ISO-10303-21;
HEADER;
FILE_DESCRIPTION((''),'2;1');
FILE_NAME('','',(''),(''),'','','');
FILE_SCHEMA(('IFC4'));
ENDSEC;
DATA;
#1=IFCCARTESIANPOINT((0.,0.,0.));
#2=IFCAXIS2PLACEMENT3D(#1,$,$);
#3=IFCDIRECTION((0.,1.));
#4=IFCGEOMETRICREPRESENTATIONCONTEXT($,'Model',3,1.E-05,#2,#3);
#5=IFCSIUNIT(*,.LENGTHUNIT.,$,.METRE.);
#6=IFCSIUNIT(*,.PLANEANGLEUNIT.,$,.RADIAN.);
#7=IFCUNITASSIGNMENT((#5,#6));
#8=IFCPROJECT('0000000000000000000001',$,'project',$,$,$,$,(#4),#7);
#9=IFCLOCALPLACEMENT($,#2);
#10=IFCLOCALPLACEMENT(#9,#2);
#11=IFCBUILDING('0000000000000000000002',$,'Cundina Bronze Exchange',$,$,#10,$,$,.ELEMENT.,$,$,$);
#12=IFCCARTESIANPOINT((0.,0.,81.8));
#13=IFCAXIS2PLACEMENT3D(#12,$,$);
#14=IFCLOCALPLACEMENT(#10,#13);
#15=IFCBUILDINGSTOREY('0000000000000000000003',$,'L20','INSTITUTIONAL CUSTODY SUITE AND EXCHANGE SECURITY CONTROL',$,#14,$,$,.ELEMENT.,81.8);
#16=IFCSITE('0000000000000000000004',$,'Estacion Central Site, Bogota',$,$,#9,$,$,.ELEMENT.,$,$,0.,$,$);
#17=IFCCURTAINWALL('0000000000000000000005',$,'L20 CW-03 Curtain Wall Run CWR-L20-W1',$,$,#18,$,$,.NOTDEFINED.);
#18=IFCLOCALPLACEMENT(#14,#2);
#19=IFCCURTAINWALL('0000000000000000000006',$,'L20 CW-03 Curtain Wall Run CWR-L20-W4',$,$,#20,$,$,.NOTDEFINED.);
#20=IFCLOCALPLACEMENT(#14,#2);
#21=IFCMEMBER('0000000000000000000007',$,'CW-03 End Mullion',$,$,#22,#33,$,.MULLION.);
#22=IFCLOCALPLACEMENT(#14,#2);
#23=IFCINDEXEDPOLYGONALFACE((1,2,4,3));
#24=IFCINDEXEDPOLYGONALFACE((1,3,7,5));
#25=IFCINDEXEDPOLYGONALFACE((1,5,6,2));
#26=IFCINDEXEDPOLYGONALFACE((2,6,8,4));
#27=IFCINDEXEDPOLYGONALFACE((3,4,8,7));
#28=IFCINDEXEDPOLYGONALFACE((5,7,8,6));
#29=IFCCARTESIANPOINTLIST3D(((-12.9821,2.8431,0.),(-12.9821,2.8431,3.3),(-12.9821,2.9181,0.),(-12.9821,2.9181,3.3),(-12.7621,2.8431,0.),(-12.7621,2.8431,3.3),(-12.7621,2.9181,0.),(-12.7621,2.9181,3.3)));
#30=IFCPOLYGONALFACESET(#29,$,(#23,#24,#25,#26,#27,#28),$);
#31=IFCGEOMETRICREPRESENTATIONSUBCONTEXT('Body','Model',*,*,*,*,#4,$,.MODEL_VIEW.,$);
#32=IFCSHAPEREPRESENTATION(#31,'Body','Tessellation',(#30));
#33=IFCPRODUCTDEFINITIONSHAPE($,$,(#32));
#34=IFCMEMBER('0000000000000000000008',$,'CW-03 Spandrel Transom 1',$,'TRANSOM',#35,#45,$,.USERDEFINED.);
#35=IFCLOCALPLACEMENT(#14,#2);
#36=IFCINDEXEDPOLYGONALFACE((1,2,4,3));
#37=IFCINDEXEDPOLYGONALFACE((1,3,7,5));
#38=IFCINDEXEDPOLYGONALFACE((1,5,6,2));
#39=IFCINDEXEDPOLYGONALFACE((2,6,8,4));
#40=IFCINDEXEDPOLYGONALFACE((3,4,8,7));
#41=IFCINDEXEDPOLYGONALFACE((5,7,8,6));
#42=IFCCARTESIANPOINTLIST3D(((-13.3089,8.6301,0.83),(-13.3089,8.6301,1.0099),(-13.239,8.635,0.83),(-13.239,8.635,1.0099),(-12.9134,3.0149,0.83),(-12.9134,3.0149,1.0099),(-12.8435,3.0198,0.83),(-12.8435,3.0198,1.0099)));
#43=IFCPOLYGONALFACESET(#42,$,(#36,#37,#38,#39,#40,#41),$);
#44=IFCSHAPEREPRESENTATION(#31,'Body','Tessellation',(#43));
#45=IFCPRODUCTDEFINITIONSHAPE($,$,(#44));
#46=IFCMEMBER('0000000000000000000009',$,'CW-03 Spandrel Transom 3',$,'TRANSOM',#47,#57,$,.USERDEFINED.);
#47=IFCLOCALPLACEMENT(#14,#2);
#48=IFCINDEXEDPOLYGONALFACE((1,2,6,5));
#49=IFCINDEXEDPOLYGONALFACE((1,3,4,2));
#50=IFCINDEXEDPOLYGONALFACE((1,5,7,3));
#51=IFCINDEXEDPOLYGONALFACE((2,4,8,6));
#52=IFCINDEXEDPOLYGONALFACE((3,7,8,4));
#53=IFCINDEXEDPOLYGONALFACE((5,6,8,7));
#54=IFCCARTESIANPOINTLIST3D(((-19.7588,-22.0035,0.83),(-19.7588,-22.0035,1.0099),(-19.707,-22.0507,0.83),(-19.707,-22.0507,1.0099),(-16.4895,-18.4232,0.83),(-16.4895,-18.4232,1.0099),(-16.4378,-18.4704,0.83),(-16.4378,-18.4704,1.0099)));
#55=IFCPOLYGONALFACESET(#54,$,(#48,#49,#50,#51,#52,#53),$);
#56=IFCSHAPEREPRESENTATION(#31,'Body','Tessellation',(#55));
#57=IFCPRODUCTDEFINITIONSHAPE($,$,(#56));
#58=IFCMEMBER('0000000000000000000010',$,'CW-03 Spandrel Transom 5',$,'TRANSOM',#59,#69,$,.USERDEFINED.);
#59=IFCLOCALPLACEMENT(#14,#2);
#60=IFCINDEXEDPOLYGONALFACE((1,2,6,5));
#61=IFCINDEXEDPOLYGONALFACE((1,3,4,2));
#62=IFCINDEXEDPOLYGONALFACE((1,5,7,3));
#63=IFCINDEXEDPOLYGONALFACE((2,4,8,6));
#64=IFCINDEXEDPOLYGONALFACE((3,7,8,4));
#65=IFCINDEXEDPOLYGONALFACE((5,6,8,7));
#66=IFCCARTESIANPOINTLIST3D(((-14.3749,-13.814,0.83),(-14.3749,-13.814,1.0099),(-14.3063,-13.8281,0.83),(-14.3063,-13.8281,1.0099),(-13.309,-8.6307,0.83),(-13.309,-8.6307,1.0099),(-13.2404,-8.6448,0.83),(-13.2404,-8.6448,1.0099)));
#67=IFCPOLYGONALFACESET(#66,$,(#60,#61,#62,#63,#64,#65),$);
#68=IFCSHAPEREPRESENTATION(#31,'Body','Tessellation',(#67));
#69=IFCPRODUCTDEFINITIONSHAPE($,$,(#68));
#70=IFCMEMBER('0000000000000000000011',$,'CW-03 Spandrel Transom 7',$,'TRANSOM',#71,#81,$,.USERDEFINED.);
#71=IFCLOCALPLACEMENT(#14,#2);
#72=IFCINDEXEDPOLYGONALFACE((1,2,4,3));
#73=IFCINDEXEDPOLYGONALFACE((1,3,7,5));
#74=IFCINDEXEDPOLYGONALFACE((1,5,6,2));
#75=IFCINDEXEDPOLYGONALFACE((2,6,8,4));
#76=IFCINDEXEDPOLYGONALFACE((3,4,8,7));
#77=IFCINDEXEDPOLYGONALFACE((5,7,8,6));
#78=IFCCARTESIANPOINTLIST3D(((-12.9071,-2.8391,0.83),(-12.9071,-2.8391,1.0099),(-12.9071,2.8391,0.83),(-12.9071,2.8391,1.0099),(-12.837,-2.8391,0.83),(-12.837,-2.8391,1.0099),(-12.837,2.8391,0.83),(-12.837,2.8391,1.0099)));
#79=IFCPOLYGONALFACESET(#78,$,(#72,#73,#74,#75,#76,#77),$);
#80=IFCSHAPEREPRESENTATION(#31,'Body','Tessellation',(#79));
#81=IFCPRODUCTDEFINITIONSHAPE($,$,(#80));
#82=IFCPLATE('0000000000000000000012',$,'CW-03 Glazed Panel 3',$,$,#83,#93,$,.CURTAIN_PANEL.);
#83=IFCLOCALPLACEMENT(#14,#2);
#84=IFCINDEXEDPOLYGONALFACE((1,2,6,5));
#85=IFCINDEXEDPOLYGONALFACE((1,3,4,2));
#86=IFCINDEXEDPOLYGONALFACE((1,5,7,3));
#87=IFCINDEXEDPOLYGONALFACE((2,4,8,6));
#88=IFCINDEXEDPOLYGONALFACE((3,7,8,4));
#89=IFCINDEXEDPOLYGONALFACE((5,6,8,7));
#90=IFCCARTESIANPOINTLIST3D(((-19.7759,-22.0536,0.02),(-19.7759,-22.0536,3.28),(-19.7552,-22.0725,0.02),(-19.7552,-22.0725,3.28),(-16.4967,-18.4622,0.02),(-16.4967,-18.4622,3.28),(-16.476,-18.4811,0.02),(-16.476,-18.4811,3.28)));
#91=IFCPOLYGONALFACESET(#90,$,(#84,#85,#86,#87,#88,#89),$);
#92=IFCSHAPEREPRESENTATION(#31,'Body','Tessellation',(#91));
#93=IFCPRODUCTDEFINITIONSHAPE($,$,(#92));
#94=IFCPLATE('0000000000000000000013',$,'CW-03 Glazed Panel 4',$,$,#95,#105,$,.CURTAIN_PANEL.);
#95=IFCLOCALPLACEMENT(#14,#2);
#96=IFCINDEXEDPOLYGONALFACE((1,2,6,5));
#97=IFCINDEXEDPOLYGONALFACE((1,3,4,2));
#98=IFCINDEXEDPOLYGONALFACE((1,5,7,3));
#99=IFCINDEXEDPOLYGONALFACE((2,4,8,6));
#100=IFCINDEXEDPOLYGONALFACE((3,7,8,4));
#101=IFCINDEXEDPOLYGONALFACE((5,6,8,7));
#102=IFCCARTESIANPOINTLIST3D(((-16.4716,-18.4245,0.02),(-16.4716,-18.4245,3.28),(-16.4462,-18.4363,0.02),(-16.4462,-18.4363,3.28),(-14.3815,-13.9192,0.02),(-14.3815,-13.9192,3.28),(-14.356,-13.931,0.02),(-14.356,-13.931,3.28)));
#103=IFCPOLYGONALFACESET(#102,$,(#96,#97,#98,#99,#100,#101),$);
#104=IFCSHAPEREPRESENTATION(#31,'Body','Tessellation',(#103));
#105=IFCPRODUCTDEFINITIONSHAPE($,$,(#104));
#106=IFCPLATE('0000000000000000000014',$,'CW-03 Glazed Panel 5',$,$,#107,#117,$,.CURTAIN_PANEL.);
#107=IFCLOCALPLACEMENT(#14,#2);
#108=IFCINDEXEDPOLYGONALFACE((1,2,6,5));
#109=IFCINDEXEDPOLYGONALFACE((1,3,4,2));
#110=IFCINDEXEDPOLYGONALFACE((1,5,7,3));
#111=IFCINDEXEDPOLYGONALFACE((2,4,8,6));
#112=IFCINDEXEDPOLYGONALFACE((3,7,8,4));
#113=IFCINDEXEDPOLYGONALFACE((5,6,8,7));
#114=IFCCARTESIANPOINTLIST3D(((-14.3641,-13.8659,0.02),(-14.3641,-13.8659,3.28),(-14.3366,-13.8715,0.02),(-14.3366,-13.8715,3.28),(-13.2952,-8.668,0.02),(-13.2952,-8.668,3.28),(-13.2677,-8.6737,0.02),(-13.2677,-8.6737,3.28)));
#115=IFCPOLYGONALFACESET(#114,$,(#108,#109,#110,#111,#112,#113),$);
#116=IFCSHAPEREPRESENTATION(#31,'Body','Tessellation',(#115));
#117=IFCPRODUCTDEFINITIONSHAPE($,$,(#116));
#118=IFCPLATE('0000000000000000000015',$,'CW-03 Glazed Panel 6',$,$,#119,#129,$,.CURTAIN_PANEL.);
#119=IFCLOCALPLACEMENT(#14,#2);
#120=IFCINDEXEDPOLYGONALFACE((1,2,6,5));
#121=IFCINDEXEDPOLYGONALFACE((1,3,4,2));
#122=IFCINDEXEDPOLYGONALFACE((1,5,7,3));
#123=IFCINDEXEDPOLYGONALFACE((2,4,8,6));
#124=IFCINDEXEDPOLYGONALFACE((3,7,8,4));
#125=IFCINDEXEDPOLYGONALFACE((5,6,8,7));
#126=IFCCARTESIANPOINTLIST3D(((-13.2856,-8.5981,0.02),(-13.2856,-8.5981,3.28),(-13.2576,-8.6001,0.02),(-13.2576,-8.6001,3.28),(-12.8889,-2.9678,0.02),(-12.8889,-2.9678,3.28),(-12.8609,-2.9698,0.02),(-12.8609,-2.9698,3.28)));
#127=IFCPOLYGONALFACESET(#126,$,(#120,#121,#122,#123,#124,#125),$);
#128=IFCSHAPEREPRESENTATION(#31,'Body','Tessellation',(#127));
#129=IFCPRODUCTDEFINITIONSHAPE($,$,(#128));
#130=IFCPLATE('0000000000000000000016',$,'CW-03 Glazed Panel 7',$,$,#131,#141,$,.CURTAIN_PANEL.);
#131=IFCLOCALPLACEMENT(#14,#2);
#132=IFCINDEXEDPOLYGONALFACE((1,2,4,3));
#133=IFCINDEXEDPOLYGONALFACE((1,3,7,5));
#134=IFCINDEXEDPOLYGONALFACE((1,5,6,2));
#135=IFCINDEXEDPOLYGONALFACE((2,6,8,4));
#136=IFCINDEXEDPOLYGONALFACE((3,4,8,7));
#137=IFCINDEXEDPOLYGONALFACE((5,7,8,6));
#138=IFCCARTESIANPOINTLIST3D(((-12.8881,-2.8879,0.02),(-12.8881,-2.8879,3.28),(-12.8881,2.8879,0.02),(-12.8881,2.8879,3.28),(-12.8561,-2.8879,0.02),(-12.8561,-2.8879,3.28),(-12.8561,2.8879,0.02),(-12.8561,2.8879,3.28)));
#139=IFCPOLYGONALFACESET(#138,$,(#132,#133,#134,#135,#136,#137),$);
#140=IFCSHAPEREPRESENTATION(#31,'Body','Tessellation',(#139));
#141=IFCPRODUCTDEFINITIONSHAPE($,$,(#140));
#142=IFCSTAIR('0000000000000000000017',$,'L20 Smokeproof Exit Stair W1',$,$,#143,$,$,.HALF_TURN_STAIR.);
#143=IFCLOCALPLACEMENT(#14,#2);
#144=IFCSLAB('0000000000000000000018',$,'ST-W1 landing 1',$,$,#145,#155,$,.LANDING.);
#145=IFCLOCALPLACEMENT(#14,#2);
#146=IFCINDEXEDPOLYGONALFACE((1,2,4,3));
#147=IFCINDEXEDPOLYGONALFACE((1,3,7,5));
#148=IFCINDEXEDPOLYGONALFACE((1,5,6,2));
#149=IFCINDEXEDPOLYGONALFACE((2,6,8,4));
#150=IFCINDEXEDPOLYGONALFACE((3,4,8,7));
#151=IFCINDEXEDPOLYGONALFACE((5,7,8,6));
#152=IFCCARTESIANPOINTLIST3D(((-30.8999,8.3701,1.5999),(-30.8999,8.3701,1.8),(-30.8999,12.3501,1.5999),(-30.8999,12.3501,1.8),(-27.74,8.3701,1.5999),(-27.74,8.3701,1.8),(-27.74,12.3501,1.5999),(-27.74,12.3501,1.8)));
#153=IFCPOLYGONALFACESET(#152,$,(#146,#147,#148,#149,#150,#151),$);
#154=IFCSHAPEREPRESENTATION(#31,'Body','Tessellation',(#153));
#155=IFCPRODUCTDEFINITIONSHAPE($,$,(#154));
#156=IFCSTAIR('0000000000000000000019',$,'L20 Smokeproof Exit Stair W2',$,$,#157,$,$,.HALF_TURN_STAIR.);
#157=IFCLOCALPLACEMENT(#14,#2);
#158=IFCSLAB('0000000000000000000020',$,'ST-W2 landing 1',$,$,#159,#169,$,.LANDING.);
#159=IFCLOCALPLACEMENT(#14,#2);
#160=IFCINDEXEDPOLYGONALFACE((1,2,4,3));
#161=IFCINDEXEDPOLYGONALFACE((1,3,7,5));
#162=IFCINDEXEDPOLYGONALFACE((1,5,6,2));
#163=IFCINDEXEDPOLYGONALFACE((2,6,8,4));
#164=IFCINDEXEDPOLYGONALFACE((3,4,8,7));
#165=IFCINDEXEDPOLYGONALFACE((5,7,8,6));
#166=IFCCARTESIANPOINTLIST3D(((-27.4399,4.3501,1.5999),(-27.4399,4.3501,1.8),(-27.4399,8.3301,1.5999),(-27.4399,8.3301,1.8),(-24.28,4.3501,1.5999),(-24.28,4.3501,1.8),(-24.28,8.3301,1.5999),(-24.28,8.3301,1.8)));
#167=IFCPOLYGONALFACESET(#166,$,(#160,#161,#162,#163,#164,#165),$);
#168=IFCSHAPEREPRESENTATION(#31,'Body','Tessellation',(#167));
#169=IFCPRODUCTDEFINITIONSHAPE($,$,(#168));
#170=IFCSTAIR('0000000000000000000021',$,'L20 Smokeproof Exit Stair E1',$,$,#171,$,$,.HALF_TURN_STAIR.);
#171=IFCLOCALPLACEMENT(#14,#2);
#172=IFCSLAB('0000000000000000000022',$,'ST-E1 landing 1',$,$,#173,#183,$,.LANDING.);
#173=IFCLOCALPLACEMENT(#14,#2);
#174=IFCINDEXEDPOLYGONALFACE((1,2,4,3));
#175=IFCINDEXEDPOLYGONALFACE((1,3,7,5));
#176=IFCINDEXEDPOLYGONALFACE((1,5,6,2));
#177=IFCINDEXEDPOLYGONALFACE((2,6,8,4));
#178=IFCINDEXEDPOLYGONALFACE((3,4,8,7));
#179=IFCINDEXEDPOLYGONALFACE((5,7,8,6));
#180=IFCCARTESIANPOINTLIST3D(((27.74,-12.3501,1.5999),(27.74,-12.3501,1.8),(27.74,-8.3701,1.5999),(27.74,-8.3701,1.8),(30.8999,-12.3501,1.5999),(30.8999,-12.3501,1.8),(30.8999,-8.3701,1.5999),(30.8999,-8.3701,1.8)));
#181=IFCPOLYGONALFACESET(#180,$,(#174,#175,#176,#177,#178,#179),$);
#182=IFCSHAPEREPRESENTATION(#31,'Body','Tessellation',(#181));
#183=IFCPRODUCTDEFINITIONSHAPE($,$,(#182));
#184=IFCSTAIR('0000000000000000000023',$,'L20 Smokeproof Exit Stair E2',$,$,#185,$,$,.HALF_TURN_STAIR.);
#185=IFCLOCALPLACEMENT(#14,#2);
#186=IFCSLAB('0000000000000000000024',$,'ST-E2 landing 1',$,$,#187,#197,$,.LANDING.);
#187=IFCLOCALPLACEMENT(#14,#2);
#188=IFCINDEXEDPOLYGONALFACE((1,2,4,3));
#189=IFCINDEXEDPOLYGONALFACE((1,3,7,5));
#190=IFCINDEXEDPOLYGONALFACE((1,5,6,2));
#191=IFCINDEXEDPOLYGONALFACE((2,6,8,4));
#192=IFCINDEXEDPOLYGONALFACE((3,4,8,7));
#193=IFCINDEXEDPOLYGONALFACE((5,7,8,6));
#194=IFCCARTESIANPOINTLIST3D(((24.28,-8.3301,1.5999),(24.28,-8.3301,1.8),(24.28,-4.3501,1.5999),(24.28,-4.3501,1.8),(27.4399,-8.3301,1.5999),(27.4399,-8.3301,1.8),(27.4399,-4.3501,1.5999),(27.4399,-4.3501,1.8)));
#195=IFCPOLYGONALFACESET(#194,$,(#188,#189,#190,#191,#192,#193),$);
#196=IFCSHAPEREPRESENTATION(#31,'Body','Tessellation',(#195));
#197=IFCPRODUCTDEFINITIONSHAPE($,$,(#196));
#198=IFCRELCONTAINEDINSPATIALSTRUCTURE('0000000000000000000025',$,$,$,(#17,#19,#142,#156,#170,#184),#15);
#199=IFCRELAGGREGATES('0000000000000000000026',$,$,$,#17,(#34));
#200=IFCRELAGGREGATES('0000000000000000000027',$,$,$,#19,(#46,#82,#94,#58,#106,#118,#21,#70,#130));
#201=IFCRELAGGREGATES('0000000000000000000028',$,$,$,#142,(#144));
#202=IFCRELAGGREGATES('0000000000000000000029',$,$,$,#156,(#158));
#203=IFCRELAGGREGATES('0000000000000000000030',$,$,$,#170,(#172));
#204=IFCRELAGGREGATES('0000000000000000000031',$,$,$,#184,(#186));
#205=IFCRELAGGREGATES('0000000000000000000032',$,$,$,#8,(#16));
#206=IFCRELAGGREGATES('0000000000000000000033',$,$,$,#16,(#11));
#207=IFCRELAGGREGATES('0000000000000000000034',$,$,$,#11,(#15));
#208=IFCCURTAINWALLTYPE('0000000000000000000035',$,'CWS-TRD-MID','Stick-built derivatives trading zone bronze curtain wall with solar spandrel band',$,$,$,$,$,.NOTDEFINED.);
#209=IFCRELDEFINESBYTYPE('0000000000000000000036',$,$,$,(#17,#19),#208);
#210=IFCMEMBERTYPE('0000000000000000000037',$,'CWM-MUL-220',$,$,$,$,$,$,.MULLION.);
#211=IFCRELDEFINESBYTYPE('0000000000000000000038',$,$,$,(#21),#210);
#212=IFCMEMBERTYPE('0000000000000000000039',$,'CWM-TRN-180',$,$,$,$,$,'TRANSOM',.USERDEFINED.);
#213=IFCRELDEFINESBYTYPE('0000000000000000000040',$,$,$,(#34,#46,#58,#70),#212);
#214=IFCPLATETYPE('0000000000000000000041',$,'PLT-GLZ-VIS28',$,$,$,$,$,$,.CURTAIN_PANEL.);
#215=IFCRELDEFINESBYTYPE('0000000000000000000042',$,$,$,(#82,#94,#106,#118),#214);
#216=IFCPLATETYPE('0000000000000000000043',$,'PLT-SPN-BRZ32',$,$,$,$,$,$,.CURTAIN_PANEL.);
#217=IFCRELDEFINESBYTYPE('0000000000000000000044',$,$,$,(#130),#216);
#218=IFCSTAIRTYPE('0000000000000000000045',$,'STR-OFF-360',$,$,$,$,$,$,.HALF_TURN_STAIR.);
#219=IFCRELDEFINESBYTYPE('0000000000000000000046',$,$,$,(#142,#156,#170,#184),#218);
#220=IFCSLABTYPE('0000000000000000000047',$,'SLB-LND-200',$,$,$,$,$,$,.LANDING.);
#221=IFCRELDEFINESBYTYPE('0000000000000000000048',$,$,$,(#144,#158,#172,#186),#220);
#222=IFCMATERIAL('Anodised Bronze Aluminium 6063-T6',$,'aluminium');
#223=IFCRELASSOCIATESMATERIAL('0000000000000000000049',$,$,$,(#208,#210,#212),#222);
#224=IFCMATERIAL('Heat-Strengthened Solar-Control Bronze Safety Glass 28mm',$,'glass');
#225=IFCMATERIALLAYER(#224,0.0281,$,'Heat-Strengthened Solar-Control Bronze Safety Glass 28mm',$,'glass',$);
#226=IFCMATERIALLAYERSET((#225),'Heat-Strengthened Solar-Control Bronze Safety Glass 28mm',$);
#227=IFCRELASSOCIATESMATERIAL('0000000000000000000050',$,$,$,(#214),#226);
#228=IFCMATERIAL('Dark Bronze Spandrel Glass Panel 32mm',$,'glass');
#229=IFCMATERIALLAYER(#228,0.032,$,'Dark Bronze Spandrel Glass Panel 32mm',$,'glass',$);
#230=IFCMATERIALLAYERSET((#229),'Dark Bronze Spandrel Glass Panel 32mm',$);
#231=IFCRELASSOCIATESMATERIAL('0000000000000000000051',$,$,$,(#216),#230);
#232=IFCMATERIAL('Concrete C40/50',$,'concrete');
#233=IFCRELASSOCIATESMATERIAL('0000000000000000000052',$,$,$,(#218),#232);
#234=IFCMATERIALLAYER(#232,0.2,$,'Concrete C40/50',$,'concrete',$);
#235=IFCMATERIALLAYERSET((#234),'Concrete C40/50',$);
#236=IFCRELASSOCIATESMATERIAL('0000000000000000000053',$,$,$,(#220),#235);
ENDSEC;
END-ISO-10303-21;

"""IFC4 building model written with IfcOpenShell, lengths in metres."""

from ifc_helpers import new_model, si_unit, direction, frame, origin, origin_2d, place, context, subcontext, project, spatial, polyline, rectangle, outline, extrude, material, layer, layer_set, material_profile, profile_set, type_object, element, aggregate, save


model = new_model("IFC4")

# Units and contexts
model_context = context("Model", 3, precision=1e-05, world=origin(), true_north=direction((0.0, 1.0)))
body_context = subcontext(model_context, "Body", "Model", "MODEL_VIEW")
ifc_project = project(units=[si_unit("LENGTHUNIT", "METRE"), si_unit("PLANEANGLEUNIT", "RADIAN")], contexts=[model_context])

# Site, building, storey
site_placement = place(None, origin())
site = spatial("IfcSite", under=ifc_project, at=site_placement, Name="Estacion Central Site, Bogota", CompositionType="ELEMENT", RefElevation=0.0)
building_placement = place(site_placement, origin())
building = spatial("IfcBuilding", under=site, at=building_placement, Name="Cundina Bronze Exchange", CompositionType="ELEMENT")
storey_placement = place(building_placement, frame((0.0, 0.0, 81.8)))
storey = spatial("IfcBuildingStorey", under=building, at=storey_placement, Name="L20", Description="INSTITUTIONAL CUSTODY SUITE AND EXCHANGE SECURITY CONTROL", CompositionType="ELEMENT", Elevation=81.8)

# Curtain wall
ifc_material_1 = material(Name="Anodised Bronze Aluminium 6063-T6", Category="aluminium")
curtain_wall_type = type_object("IfcCurtainWallType", Name="CWS-TRD-MID", Description="Stick-built derivatives trading zone bronze curtain wall with solar spandrel band", PredefinedType="NOTDEFINED", material=ifc_material_1)
curtain_wall_1_placement = place(storey_placement, origin())
curtain_wall_1 = element("IfcCurtainWall", 1, at=curtain_wall_1_placement, inside=storey, type_object=curtain_wall_type, Name="L20 CW-03 Curtain Wall Run CWR-L20-W1", PredefinedType="NOTDEFINED")
ifc_material_profile_1 = material_profile(ifc_material_1, rectangle(XDim=0.075, YDim=0.22, at=origin_2d()), Name="AL75X220", Category="aluminium")
ifc_profile_set_1 = profile_set([ifc_material_profile_1], Name="Anodised Bronze Aluminium 6063-T6")
member_type_1 = type_object("IfcMemberType", Name="CWM-MUL-220", PredefinedType="MULLION", material=ifc_profile_set_1)

# Curtain wall, member
curtain_wall_2_placement = place(storey_placement, origin())
curtain_wall_2 = element("IfcCurtainWall", 2, at=curtain_wall_2_placement, inside=storey, type_object=curtain_wall_type, Name="L20 CW-03 Curtain Wall Run CWR-L20-W4", PredefinedType="NOTDEFINED")
member_1_placement = place(storey_placement, frame((-12.8721, 2.8806, 0.0), z_axis=(0.0, 0.0, 1.0), x_axis=(0.0, 1.0, 0.0)))
member_1 = element("IfcMember", 3, at=member_1_placement, type_object=member_type_1, Name="CW-03 End Mullion", PredefinedType="MULLION", context=body_context, shape_type="SweptSolid", body=[
    extrude(rectangle(XDim=0.075, YDim=0.22, at=origin_2d()), origin(), (0.0, 0.0, 1.0), 3.3),
])

# Members
ifc_material_profile_2 = material_profile(ifc_material_1, rectangle(XDim=0.0701, YDim=0.1799, at=origin_2d()), Name="AL70X180", Category="aluminium")
ifc_profile_set_2 = profile_set([ifc_material_profile_2], Name="Anodised Bronze Aluminium 6063-T6")
member_type_2 = type_object("IfcMemberType", Name="CWM-TRN-180", ElementType="TRANSOM", PredefinedType="USERDEFINED", material=ifc_profile_set_2)
member_2_placement = place(storey_placement, frame((-12.8784, 3.0173, 0.9199), z_axis=(-0.070261, 0.997529, 0.0), x_axis=(-0.997529, -0.070261, 0.0)))
member_2 = element("IfcMember", 4, at=member_2_placement, type_object=member_type_2, Name="CW-03 Spandrel Transom 1", ObjectType="TRANSOM", PredefinedType="USERDEFINED", context=body_context, shape_type="SweptSolid", body=[
    extrude(rectangle(XDim=0.0701, YDim=0.1799, at=origin_2d()), origin(), (0.0, 0.0, 1.0), 5.6292),
])
aggregate(curtain_wall_1, [member_2])
member_3_placement = place(storey_placement, frame((-19.7329, -22.0271, 0.9199), z_axis=(0.674303, 0.738455, 0.0), x_axis=(-0.738455, 0.674303, 0.0)))
member_3 = element("IfcMember", 5, at=member_3_placement, type_object=member_type_2, Name="CW-03 Spandrel Transom 3", ObjectType="TRANSOM", PredefinedType="USERDEFINED", context=body_context, shape_type="SweptSolid", body=[
    extrude(rectangle(XDim=0.0701, YDim=0.1799, at=origin_2d()), origin(), (0.0, 0.0, 1.0), 4.8484),
])
member_4_placement = place(storey_placement, frame((-14.3406, -13.821, 0.9199), z_axis=(0.201428, 0.979503, 0.0), x_axis=(-0.979503, 0.201428, 0.0)))
member_4 = element("IfcMember", 6, at=member_4_placement, type_object=member_type_2, Name="CW-03 Spandrel Transom 5", ObjectType="TRANSOM", PredefinedType="USERDEFINED", context=body_context, shape_type="SweptSolid", body=[
    extrude(rectangle(XDim=0.0701, YDim=0.1799, at=origin_2d()), origin(), (0.0, 0.0, 1.0), 5.2917),
])
member_5_placement = place(storey_placement, frame((-12.8721, -2.8391, 0.9199), z_axis=(0.0, 1.0, 0.0), x_axis=(-1.0, 0.0, 0.0)))
member_5 = element("IfcMember", 7, at=member_5_placement, type_object=member_type_2, Name="CW-03 Spandrel Transom 7", ObjectType="TRANSOM", PredefinedType="USERDEFINED", context=body_context, shape_type="SweptSolid", body=[
    extrude(rectangle(XDim=0.0701, YDim=0.1799, at=origin_2d()), origin(), (0.0, 0.0, 1.0), 5.6782),
])

# Plates
ifc_material_2 = material(Name="Heat-Strengthened Solar-Control Bronze Safety Glass 28mm", Category="glass")
ifc_layer_1 = layer(ifc_material_2, 0.0281, Name="Heat-Strengthened Solar-Control Bronze Safety Glass 28mm", Category="glass")
ifc_layer_set_1 = layer_set([ifc_layer_1], Name="Heat-Strengthened Solar-Control Bronze Safety Glass 28mm")
plate_type_1 = type_object("IfcPlateType", Name="PLT-GLZ-VIS28", PredefinedType="CURTAIN_PANEL", material=ifc_layer_set_1)
plate_1_placement = place(storey_placement, frame((-18.126, -20.2673, 0.02), z_axis=(0.0, 0.0, 1.0), x_axis=(0.674277, 0.738479, 0.0)))
plate_1 = element("IfcPlate", 8, at=plate_1_placement, type_object=plate_type_1, Name="CW-03 Glazed Panel 3", PredefinedType="CURTAIN_PANEL", context=body_context, shape_type="SweptSolid", body=[
    extrude(rectangle(XDim=4.8633, YDim=0.0281, at=origin_2d()), origin(), (0.0, 0.0, 1.0), 3.26),
])
plate_2_placement = place(storey_placement, frame((-15.4138, -16.1777, 0.02), z_axis=(0.0, 0.0, 1.0), x_axis=(0.420846, 0.907132, 0.0)))
plate_2 = element("IfcPlate", 9, at=plate_2_placement, type_object=plate_type_1, Name="CW-03 Glazed Panel 4", PredefinedType="CURTAIN_PANEL", context=body_context, shape_type="SweptSolid", body=[
    extrude(rectangle(XDim=4.9666, YDim=0.0281, at=origin_2d()), origin(), (0.0, 0.0, 1.0), 3.26),
])
plate_3_placement = place(storey_placement, frame((-13.8159, -11.2698, 0.02), z_axis=(0.0, 0.0, 1.0), x_axis=(0.20142, 0.979505, 0.0)))
plate_3 = element("IfcPlate", 10, at=plate_3_placement, type_object=plate_type_1, Name="CW-03 Glazed Panel 5", PredefinedType="CURTAIN_PANEL", context=body_context, shape_type="SweptSolid", body=[
    extrude(rectangle(XDim=5.3066, YDim=0.0281, at=origin_2d()), origin(), (0.0, 0.0, 1.0), 3.26),
])
plate_4_placement = place(storey_placement, frame((-13.0732, -5.7839, 0.02), z_axis=(0.0, 0.0, 1.0), x_axis=(0.070279, 0.997527, 0.0)))
plate_4 = element("IfcPlate", 11, at=plate_4_placement, type_object=plate_type_1, Name="CW-03 Glazed Panel 6", PredefinedType="CURTAIN_PANEL", context=body_context, shape_type="SweptSolid", body=[
    extrude(rectangle(XDim=5.6443, YDim=0.0281, at=origin_2d()), origin(), (0.0, 0.0, 1.0), 3.26),
])
ifc_material_3 = material(Name="Dark Bronze Spandrel Glass Panel 32mm", Category="glass")
ifc_layer_2 = layer(ifc_material_3, 0.032, Name="Dark Bronze Spandrel Glass Panel 32mm", Category="glass")
ifc_layer_set_2 = layer_set([ifc_layer_2], Name="Dark Bronze Spandrel Glass Panel 32mm")
plate_type_2 = type_object("IfcPlateType", Name="PLT-SPN-BRZ32", PredefinedType="CURTAIN_PANEL", material=ifc_layer_set_2)
plate_5_placement = place(storey_placement, frame((-12.8721, 0.0, 0.02), z_axis=(0.0, 0.0, 1.0), x_axis=(0.0, 1.0, 0.0)))
plate_5 = element("IfcPlate", 12, at=plate_5_placement, type_object=plate_type_2, Name="CW-03 Glazed Panel 7", PredefinedType="CURTAIN_PANEL", context=body_context, shape_type="SweptSolid", body=[
    extrude(rectangle(XDim=5.7759, YDim=0.032, at=origin_2d()), origin(), (0.0, 0.0, 1.0), 3.26),
])
aggregate(curtain_wall_2, [member_3, plate_1, plate_2, member_4, plate_3, plate_4, member_1, member_5, plate_5])

# Stairs, slabs
ifc_material_4 = material(Name="Concrete C40/50", Category="concrete")
stair_type = type_object("IfcStairType", Name="STR-OFF-360", PredefinedType="HALF_TURN_STAIR", material=ifc_material_4)
stair_1_placement = place(storey_placement, origin())
stair_1 = element("IfcStair", 13, at=stair_1_placement, inside=storey, type_object=stair_type, Name="L20 Smokeproof Exit Stair W1", PredefinedType="HALF_TURN_STAIR")
ifc_layer_3 = layer(ifc_material_4, 0.2, Name="Concrete C40/50", Category="concrete")
ifc_layer_set_3 = layer_set([ifc_layer_3], Name="Concrete C40/50")
slab_type_1 = type_object("IfcSlabType", Name="SLB-LND-200", PredefinedType="LANDING", material=ifc_layer_set_3)
slab_1_placement = place(storey_placement, frame((0.0, 0.0, 1.5999)))
slab_1 = element("IfcSlab", 14, at=slab_1_placement, type_object=slab_type_1, Name="ST-W1 landing 1", PredefinedType="LANDING", context=body_context, shape_type="SweptSolid", body=[
    extrude(outline(polyline([(-27.74, 8.3701), (-27.74, 12.3501), (-30.8999, 12.3501), (-30.8999, 8.3701), (-27.74, 8.3701)])), origin(), (0.0, 0.0, 1.0), 0.2002),
])
aggregate(stair_1, [slab_1])
stair_2_placement = place(storey_placement, origin())
stair_2 = element("IfcStair", 15, at=stair_2_placement, inside=storey, type_object=stair_type, Name="L20 Smokeproof Exit Stair W2", PredefinedType="HALF_TURN_STAIR")
slab_2_placement = place(storey_placement, frame((0.0, 0.0, 1.5999)))
slab_2 = element("IfcSlab", 16, at=slab_2_placement, type_object=slab_type_1, Name="ST-W2 landing 1", PredefinedType="LANDING", context=body_context, shape_type="SweptSolid", body=[
    extrude(outline(polyline([(-27.4399, 8.3301), (-27.4399, 4.3501), (-24.28, 4.3501), (-24.28, 8.3301), (-27.4399, 8.3301)])), origin(), (0.0, 0.0, 1.0), 0.2002),
])
aggregate(stair_2, [slab_2])
stair_3_placement = place(storey_placement, origin())
stair_3 = element("IfcStair", 17, at=stair_3_placement, inside=storey, type_object=stair_type, Name="L20 Smokeproof Exit Stair E1", PredefinedType="HALF_TURN_STAIR")
slab_3_placement = place(storey_placement, frame((0.0, 0.0, 1.5999)))
slab_3 = element("IfcSlab", 18, at=slab_3_placement, type_object=slab_type_1, Name="ST-E1 landing 1", PredefinedType="LANDING", context=body_context, shape_type="SweptSolid", body=[
    extrude(outline(polyline([(27.74, -8.3701), (27.74, -12.3501), (30.8999, -12.3501), (30.8999, -8.3701), (27.74, -8.3701)])), origin(), (0.0, 0.0, 1.0), 0.2002),
])
aggregate(stair_3, [slab_3])
stair_4_placement = place(storey_placement, origin())
stair_4 = element("IfcStair", 19, at=stair_4_placement, inside=storey, type_object=stair_type, Name="L20 Smokeproof Exit Stair E2", PredefinedType="HALF_TURN_STAIR")
slab_4_placement = place(storey_placement, frame((0.0, 0.0, 1.5999)))
slab_4 = element("IfcSlab", 20, at=slab_4_placement, type_object=slab_type_1, Name="ST-E2 landing 1", PredefinedType="LANDING", context=body_context, shape_type="SweptSolid", body=[
    extrude(outline(polyline([(27.4399, -8.3301), (27.4399, -4.3501), (24.28, -4.3501), (24.28, -8.3301), (27.4399, -8.3301)])), origin(), (0.0, 0.0, 1.0), 0.2002),
])
aggregate(stair_4, [slab_4])

save(model, "model.ifc")
